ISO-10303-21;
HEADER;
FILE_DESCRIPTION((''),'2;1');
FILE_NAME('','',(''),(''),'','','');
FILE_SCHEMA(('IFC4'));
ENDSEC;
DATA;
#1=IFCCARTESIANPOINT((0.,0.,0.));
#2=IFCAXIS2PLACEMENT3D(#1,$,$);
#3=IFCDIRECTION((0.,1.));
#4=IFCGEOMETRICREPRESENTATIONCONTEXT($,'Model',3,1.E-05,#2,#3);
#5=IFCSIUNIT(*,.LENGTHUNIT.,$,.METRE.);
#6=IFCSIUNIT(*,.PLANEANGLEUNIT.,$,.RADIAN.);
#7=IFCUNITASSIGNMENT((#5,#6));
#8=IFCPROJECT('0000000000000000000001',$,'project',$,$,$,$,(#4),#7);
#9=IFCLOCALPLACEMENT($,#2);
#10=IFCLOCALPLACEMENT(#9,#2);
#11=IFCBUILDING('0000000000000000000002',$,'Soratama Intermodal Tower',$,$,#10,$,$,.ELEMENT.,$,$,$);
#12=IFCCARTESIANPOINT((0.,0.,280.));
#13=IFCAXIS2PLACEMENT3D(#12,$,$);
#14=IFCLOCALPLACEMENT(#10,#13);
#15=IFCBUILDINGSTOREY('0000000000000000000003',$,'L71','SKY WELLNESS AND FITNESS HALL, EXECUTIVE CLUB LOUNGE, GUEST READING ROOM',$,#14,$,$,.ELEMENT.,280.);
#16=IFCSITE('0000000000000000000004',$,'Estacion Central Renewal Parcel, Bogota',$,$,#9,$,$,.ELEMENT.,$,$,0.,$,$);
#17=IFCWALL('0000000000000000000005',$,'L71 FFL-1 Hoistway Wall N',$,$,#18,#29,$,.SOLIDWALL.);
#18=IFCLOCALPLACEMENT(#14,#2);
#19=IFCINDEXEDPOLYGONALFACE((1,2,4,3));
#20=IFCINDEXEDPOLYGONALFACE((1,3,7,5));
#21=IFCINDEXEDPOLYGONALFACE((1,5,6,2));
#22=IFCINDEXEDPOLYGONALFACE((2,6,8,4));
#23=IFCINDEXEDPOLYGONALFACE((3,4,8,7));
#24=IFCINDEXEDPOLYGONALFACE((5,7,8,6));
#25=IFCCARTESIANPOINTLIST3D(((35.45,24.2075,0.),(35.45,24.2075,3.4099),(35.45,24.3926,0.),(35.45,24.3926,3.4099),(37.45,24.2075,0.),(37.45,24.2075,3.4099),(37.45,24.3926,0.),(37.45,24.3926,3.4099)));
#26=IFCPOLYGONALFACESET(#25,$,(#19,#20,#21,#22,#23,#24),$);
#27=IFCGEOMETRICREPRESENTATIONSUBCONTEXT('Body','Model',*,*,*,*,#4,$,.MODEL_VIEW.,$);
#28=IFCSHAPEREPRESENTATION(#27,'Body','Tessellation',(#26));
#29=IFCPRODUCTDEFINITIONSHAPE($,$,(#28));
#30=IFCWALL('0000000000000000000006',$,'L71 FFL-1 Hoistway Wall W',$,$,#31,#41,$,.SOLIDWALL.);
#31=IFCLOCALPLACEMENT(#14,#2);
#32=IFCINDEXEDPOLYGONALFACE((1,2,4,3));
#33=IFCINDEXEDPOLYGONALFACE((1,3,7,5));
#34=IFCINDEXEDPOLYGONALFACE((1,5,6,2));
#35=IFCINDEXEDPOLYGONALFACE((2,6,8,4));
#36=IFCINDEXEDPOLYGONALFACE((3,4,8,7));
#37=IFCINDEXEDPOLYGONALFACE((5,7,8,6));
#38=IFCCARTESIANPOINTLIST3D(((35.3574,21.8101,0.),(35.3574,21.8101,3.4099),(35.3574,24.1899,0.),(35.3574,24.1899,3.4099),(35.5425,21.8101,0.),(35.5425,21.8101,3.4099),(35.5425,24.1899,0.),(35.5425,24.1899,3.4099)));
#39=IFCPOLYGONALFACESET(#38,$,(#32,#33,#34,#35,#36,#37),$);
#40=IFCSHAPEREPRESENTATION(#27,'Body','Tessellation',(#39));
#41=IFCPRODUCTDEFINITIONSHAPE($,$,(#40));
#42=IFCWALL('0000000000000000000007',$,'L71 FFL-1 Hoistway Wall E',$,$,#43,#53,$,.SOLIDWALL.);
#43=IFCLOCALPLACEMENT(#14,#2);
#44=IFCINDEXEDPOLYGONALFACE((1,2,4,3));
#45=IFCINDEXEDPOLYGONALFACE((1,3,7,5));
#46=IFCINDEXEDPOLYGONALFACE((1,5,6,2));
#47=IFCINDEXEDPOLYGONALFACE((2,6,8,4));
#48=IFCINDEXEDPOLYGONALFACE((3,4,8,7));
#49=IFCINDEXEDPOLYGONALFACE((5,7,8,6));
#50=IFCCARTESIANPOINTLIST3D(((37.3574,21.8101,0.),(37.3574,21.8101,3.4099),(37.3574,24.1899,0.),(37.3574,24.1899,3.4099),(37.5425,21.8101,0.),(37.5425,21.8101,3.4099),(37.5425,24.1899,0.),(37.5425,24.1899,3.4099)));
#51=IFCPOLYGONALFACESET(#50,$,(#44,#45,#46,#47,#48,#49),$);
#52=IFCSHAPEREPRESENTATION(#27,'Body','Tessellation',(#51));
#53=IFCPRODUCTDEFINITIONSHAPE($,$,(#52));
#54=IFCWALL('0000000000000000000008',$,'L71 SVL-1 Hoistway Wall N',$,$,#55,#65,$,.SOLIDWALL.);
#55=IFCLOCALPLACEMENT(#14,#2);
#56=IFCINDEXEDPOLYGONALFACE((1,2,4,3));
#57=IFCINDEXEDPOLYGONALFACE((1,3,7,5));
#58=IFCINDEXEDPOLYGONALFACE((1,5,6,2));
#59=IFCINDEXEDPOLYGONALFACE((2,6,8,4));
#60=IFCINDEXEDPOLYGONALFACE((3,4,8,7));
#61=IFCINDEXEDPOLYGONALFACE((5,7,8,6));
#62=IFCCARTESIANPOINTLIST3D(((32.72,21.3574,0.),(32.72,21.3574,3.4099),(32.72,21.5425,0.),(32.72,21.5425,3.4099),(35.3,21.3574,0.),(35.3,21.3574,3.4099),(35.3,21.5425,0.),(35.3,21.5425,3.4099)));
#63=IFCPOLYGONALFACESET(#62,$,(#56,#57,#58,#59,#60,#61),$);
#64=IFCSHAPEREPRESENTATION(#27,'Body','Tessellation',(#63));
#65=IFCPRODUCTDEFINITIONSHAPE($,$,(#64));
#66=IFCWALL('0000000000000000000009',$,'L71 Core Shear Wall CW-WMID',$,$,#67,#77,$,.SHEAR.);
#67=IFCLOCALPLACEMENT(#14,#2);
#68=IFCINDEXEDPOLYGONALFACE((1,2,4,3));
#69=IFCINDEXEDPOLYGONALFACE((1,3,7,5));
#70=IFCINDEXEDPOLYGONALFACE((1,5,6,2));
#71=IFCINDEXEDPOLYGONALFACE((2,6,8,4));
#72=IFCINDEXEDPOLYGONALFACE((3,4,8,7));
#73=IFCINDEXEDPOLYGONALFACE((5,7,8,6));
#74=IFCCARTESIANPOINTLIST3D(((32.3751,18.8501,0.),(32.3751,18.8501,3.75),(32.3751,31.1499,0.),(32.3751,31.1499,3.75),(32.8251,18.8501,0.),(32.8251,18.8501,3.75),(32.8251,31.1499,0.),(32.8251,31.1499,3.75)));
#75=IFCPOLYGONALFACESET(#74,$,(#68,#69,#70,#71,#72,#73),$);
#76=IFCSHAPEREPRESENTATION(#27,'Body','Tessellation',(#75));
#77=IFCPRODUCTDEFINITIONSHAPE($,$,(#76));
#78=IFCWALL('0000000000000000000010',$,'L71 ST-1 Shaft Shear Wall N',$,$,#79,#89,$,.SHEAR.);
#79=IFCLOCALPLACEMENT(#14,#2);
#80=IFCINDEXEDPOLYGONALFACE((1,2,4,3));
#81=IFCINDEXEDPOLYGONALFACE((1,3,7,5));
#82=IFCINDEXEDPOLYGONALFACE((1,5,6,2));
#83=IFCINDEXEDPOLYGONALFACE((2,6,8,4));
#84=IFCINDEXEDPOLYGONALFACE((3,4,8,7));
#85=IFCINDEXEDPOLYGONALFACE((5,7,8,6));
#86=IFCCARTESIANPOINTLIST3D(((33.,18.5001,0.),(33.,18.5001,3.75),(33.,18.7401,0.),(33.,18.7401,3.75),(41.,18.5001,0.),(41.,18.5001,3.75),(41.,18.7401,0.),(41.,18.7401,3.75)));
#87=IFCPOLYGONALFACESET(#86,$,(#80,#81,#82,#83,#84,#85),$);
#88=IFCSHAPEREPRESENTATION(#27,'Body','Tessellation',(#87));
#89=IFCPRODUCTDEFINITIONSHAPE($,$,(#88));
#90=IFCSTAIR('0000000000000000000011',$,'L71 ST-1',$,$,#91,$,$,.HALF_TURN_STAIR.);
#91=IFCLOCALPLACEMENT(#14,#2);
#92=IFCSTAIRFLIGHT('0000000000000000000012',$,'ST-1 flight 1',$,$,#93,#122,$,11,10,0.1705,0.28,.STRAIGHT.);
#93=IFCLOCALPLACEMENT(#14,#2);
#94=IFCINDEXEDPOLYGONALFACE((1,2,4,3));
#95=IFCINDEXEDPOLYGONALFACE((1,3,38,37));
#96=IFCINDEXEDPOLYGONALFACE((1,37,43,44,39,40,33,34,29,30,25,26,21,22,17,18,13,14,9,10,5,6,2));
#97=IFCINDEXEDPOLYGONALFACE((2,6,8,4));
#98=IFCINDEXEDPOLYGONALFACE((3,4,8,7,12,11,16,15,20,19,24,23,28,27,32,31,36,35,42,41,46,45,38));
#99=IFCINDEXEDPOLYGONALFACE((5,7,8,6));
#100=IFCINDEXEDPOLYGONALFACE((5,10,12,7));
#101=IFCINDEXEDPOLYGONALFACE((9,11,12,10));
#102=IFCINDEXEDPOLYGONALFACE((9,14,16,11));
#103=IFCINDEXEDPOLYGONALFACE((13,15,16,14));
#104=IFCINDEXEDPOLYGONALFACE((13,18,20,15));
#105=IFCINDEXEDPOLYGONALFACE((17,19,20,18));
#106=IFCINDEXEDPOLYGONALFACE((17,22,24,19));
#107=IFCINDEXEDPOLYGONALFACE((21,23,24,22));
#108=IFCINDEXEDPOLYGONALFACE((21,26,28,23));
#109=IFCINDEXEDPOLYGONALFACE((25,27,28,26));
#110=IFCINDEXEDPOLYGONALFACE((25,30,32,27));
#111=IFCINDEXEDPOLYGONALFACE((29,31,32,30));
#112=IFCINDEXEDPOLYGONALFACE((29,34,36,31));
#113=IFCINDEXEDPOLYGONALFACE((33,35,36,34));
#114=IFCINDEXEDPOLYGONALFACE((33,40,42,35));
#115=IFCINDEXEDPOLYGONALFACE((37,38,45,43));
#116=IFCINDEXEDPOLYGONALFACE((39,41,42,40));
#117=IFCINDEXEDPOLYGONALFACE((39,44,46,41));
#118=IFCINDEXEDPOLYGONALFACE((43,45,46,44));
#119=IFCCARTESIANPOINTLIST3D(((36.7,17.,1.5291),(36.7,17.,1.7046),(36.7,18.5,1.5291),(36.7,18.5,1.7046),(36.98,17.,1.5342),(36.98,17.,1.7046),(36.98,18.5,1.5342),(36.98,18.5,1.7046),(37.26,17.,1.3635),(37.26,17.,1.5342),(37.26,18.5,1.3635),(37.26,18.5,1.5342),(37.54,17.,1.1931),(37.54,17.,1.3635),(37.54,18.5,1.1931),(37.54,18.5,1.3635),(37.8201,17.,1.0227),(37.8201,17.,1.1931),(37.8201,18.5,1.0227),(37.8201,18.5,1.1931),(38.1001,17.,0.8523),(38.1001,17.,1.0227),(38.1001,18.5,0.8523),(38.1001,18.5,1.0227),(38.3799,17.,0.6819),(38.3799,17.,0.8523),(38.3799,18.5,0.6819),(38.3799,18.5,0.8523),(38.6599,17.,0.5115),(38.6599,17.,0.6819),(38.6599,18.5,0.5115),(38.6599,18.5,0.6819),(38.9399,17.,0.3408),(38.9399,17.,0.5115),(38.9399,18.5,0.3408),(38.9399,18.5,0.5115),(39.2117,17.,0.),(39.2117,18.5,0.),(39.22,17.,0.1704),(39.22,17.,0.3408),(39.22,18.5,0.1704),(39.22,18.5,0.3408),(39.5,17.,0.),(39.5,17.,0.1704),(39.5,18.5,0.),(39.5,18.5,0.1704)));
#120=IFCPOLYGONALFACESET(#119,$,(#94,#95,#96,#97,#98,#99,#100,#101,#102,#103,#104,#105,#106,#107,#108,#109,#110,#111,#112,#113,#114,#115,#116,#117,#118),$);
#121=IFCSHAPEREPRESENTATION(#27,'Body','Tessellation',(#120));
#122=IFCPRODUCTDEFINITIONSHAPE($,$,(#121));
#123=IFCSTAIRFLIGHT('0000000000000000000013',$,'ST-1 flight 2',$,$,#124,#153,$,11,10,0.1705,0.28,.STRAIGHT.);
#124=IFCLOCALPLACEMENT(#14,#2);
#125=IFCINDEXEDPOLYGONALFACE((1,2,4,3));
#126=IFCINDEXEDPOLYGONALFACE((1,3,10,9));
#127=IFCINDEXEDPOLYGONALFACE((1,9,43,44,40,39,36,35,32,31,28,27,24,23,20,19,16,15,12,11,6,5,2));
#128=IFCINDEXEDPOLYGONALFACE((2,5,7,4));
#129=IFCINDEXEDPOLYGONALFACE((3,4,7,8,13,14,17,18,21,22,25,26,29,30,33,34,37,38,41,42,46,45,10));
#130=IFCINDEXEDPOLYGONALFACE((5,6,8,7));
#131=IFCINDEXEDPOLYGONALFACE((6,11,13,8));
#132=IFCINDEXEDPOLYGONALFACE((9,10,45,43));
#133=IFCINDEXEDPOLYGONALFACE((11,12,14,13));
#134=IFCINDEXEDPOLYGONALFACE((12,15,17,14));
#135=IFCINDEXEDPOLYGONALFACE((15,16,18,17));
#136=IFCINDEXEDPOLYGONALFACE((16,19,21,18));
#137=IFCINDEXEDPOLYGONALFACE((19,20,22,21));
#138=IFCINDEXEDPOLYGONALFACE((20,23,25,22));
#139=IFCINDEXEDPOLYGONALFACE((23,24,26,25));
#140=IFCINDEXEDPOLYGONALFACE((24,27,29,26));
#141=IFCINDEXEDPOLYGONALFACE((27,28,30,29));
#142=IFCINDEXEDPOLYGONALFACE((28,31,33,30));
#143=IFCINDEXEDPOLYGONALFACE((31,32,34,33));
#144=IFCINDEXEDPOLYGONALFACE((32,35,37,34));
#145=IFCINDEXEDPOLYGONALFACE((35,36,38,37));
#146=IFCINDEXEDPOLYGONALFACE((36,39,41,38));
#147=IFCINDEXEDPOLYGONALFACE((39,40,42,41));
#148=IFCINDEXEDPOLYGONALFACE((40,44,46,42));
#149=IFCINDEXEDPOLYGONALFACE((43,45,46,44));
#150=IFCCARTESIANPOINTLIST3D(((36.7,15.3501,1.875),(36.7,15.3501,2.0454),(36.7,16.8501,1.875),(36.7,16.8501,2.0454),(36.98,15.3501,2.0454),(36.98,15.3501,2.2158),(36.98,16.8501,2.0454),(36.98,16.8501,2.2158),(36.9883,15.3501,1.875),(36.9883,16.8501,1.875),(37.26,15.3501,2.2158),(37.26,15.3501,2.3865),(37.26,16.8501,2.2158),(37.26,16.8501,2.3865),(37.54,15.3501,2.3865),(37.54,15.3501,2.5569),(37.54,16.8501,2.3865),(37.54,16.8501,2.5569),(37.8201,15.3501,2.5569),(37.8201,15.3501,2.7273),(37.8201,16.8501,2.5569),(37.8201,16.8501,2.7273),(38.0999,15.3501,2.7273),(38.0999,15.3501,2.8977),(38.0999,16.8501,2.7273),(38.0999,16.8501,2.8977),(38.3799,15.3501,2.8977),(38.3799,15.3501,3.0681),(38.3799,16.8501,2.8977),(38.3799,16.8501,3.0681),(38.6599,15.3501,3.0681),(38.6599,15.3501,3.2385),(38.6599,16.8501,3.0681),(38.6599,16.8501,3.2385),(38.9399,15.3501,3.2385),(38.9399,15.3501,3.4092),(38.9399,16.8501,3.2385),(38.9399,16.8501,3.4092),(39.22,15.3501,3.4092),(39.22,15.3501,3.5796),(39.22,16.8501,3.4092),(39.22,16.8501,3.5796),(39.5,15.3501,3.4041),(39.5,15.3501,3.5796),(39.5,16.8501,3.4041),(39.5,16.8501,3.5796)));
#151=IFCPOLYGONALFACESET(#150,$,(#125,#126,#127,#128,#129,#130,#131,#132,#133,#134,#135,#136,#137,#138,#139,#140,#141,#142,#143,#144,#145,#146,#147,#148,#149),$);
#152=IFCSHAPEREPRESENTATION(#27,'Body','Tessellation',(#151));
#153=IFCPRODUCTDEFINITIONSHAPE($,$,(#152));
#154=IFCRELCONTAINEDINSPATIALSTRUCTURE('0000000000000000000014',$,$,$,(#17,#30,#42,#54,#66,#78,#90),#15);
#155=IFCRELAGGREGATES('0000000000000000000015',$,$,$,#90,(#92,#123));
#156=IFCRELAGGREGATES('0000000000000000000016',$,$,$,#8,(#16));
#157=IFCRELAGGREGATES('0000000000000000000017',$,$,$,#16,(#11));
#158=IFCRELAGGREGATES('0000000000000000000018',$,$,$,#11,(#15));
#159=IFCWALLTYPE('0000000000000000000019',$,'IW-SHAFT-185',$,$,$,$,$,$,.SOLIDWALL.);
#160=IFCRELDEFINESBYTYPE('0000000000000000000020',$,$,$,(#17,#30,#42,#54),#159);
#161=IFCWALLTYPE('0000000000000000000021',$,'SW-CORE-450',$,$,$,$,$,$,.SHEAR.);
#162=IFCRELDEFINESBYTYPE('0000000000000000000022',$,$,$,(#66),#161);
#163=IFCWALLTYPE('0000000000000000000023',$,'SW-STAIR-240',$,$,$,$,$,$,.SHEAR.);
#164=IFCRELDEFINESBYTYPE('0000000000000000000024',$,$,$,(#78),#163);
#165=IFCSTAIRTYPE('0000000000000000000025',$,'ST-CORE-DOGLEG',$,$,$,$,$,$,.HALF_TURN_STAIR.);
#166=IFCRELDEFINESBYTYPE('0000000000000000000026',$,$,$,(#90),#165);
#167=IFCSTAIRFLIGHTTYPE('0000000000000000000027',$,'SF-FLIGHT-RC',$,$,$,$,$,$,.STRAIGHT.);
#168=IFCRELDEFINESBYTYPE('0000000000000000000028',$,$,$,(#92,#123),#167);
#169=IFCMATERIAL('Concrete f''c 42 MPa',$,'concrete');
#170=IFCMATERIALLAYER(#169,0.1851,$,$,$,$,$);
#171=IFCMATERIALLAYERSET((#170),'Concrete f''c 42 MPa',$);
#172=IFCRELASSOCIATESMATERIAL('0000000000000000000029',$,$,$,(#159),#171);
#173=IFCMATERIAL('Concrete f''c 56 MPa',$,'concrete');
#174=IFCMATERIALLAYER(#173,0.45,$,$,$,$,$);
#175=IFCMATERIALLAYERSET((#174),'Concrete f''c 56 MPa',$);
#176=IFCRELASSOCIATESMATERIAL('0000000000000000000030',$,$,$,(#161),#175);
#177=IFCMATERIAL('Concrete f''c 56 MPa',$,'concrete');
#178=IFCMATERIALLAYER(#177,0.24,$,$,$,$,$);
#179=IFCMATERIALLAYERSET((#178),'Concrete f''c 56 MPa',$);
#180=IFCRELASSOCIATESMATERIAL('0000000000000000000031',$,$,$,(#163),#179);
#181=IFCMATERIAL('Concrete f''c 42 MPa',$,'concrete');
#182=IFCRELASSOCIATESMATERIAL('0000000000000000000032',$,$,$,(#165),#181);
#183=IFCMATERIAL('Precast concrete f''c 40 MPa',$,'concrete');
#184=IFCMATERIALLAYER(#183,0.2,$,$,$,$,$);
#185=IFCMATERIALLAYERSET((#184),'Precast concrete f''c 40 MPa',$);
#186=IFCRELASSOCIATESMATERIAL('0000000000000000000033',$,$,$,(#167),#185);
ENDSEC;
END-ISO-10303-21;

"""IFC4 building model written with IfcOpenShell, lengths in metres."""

from ifc_helpers import new_model, si_unit, direction, frame, frame_2d, origin, place, context, subcontext, project, spatial, polyline, rectangle, outline, extrude, material, layer, layer_set, type_object, element, aggregate, save


model = new_model("IFC4")

# Units and contexts
model_context = context("Model", 3, precision=1e-05, world=origin(), true_north=direction((0.0, 1.0)))
body_context = subcontext(model_context, "Body", "Model", "MODEL_VIEW")
ifc_project = project(units=[si_unit("LENGTHUNIT", "METRE"), si_unit("PLANEANGLEUNIT", "RADIAN")], contexts=[model_context])

# Site, building, storey
site_placement = place(None, origin())
site = spatial("IfcSite", under=ifc_project, at=site_placement, Name="Estacion Central Renewal Parcel, Bogota", CompositionType="ELEMENT", RefElevation=0.0)
building_placement = place(site_placement, origin())
building = spatial("IfcBuilding", under=site, at=building_placement, Name="Soratama Intermodal Tower", CompositionType="ELEMENT")
storey_placement = place(building_placement, frame((0.0, 0.0, 280.0)))
storey = spatial("IfcBuildingStorey", under=building, at=storey_placement, Name="L71", Description="SKY WELLNESS AND FITNESS HALL, EXECUTIVE CLUB LOUNGE, GUEST READING ROOM", CompositionType="ELEMENT", Elevation=280.0)

# Shared definitions
ifc_material_1 = material(Name="Concrete f'c 42 MPa", Category="concrete")
ifc_layer_1 = layer(ifc_material_1, 0.1851)
ifc_layer_set_1 = layer_set([ifc_layer_1], Name="Concrete f'c 42 MPa")
wall_type_1 = type_object("IfcWallType", Name="IW-SHAFT-185", PredefinedType="SOLIDWALL", material=ifc_layer_set_1)

# Walls
wall_1_placement = place(storey_placement, frame((35.45, 24.3, 0.0), z_axis=(0.0, 0.0, 1.0), x_axis=(1.0, 0.0, 0.0)))
element("IfcWall", 1, at=wall_1_placement, inside=storey, type_object=wall_type_1, Name="L71 FFL-1 Hoistway Wall N", PredefinedType="SOLIDWALL", context=body_context, shape_type="SweptSolid", body=[
    extrude(rectangle(XDim=2.0, YDim=0.1851, at=frame_2d((1.0, 0.0))), origin(), (0.0, 0.0, 1.0), 3.4099),
])
for number, where, z_axis, x_axis, name in (
    (2, (35.45, 21.8101, 0.0), (0.0, 0.0, 1.0), (0.0, 1.0, 0.0), "L71 FFL-1 Hoistway Wall W"),
    (3, (37.45, 21.8101, 0.0), (0.0, 0.0, 1.0), (0.0, 1.0, 0.0), "L71 FFL-1 Hoistway Wall E"),
):
    element("IfcWall", number, at=place(storey_placement, frame(where, z_axis=z_axis, x_axis=x_axis)), inside=storey, type_object=wall_type_1, Name=name, PredefinedType="SOLIDWALL", context=body_context, shape_type="SweptSolid", body=[
        extrude(rectangle(XDim=2.3799, YDim=0.1851, at=frame_2d((1.1899, 0.0))), origin(), (0.0, 0.0, 1.0), 3.4099),
    ])

# Wall
wall_2_placement = place(storey_placement, frame((32.72, 21.45, 0.0), z_axis=(0.0, 0.0, 1.0), x_axis=(1.0, 0.0, 0.0)))
element("IfcWall", 4, at=wall_2_placement, inside=storey, type_object=wall_type_1, Name="L71 SVL-1 Hoistway Wall N", PredefinedType="SOLIDWALL", context=body_context, shape_type="SweptSolid", body=[
    extrude(rectangle(XDim=2.5801, YDim=0.1851, at=frame_2d((1.29, 0.0))), origin(), (0.0, 0.0, 1.0), 3.4099),
])

# Walls
ifc_material_2 = material(Name="Concrete f'c 56 MPa", Category="concrete")
ifc_layer_2 = layer(ifc_material_2, 0.45)
ifc_layer_set_2 = layer_set([ifc_layer_2], Name="Concrete f'c 56 MPa")
wall_type_2 = type_object("IfcWallType", Name="SW-CORE-450", PredefinedType="SHEAR", material=ifc_layer_set_2)
wall_3_placement = place(storey_placement, frame((32.6001, 18.8501, 0.0), z_axis=(0.0, 0.0, 1.0), x_axis=(0.0, 1.0, 0.0)))
element("IfcWall", 5, at=wall_3_placement, inside=storey, type_object=wall_type_2, Name="L71 Core Shear Wall CW-WMID", PredefinedType="SHEAR", context=body_context, shape_type="SweptSolid", body=[
    extrude(rectangle(XDim=12.2998, YDim=0.45, at=frame_2d((6.1499, 0.0))), origin(), (0.0, 0.0, 1.0), 3.75),
])
ifc_material_3 = material(Name="Concrete f'c 56 MPa", Category="concrete")
ifc_layer_3 = layer(ifc_material_3, 0.24)
ifc_layer_set_3 = layer_set([ifc_layer_3], Name="Concrete f'c 56 MPa")
wall_type_3 = type_object("IfcWallType", Name="SW-STAIR-240", PredefinedType="SHEAR", material=ifc_layer_set_3)
wall_4_placement = place(storey_placement, frame((33.0, 18.6201, 0.0), z_axis=(0.0, 0.0, 1.0), x_axis=(1.0, 0.0, 0.0)))
element("IfcWall", 6, at=wall_4_placement, inside=storey, type_object=wall_type_3, Name="L71 ST-1 Shaft Shear Wall N", PredefinedType="SHEAR", context=body_context, shape_type="SweptSolid", body=[
    extrude(rectangle(XDim=8.0, YDim=0.24, at=frame_2d((4.0, 0.0))), origin(), (0.0, 0.0, 1.0), 3.75),
])

# Stair, stair flights
ifc_material_4 = material(Name="Concrete f'c 42 MPa", Category="concrete")
stair_type = type_object("IfcStairType", Name="ST-CORE-DOGLEG", PredefinedType="HALF_TURN_STAIR", material=ifc_material_4)
stair_placement = place(storey_placement, origin())
stair = element("IfcStair", 7, at=stair_placement, inside=storey, type_object=stair_type, Name="L71 ST-1", PredefinedType="HALF_TURN_STAIR")
ifc_material_5 = material(Name="Precast concrete f'c 40 MPa", Category="concrete")
ifc_layer_4 = layer(ifc_material_5, 0.2)
ifc_layer_set_4 = layer_set([ifc_layer_4], Name="Precast concrete f'c 40 MPa")
stair_flight_type = type_object("IfcStairFlightType", Name="SF-FLIGHT-RC", PredefinedType="STRAIGHT", material=ifc_layer_set_4)
stair_flight_1_placement = place(storey_placement, frame((39.5, 17.75, 0.0), z_axis=(0.0, 0.0, 1.0), x_axis=(-1.0, 0.0, 0.0)))
stair_flight_1 = element("IfcStairFlight", 8, at=stair_flight_1_placement, type_object=stair_flight_type, Name="ST-1 flight 1", NumberOfRisers=11, NumberOfTreads=10, PredefinedType="STRAIGHT", RiserHeight=0.1705, TreadLength=0.28, context=body_context, shape_type="SweptSolid", body=[
    extrude(outline(polyline([(0.0, 0.0), (0.0, 0.1704), (0.28, 0.1704), (0.28, 0.3408), (0.5601, 0.3408), (0.5601, 0.5115), (0.8401, 0.5115), (0.8401, 0.6819), (1.1201, 0.6819), (1.1201, 0.8523), (1.3999, 0.8523), (1.3999, 1.0227), (1.6799, 1.0227), (1.6799, 1.1931), (1.96, 1.1931), (1.96, 1.3635), (2.24, 1.3635), (2.24, 1.5342), (2.52, 1.5342), (2.52, 1.7046), (2.8, 1.7046), (2.8, 1.875), (2.8, 1.5291), (0.2883, 0.0), (0.0, 0.0)])), frame((0.0, 0.75, 0.0), z_axis=(0.0, -1.0, 0.0), x_axis=(1.0, 0.0, 0.0)), (0.0, 0.0, 1.0), 1.5),
])
stair_flight_2_placement = place(storey_placement, frame((36.7, 16.1001, 1.875), z_axis=(0.0, 0.0, 1.0), x_axis=(1.0, 0.0, 0.0)))
stair_flight_2 = element("IfcStairFlight", 9, at=stair_flight_2_placement, type_object=stair_flight_type, Name="ST-1 flight 2", NumberOfRisers=11, NumberOfTreads=10, PredefinedType="STRAIGHT", RiserHeight=0.1705, TreadLength=0.28, context=body_context, shape_type="SweptSolid", body=[
    extrude(outline(polyline([(0.0, 0.0), (0.0, 0.1704), (0.28, 0.1704), (0.28, 0.3408), (0.5601, 0.3408), (0.5601, 0.5115), (0.8401, 0.5115), (0.8401, 0.6819), (1.1201, 0.6819), (1.1201, 0.8523), (1.3999, 0.8523), (1.3999, 1.0227), (1.6799, 1.0227), (1.6799, 1.1931), (1.96, 1.1931), (1.96, 1.3635), (2.24, 1.3635), (2.24, 1.5342), (2.52, 1.5342), (2.52, 1.7046), (2.8, 1.7046), (2.8, 1.875), (2.8, 1.5291), (0.2883, 0.0), (0.0, 0.0)])), frame((0.0, 0.75, 0.0), z_axis=(0.0, -1.0, 0.0), x_axis=(1.0, 0.0, 0.0)), (0.0, 0.0, 1.0), 1.5),
])
aggregate(stair, [stair_flight_1, stair_flight_2])

save(model, "model.ifc")
